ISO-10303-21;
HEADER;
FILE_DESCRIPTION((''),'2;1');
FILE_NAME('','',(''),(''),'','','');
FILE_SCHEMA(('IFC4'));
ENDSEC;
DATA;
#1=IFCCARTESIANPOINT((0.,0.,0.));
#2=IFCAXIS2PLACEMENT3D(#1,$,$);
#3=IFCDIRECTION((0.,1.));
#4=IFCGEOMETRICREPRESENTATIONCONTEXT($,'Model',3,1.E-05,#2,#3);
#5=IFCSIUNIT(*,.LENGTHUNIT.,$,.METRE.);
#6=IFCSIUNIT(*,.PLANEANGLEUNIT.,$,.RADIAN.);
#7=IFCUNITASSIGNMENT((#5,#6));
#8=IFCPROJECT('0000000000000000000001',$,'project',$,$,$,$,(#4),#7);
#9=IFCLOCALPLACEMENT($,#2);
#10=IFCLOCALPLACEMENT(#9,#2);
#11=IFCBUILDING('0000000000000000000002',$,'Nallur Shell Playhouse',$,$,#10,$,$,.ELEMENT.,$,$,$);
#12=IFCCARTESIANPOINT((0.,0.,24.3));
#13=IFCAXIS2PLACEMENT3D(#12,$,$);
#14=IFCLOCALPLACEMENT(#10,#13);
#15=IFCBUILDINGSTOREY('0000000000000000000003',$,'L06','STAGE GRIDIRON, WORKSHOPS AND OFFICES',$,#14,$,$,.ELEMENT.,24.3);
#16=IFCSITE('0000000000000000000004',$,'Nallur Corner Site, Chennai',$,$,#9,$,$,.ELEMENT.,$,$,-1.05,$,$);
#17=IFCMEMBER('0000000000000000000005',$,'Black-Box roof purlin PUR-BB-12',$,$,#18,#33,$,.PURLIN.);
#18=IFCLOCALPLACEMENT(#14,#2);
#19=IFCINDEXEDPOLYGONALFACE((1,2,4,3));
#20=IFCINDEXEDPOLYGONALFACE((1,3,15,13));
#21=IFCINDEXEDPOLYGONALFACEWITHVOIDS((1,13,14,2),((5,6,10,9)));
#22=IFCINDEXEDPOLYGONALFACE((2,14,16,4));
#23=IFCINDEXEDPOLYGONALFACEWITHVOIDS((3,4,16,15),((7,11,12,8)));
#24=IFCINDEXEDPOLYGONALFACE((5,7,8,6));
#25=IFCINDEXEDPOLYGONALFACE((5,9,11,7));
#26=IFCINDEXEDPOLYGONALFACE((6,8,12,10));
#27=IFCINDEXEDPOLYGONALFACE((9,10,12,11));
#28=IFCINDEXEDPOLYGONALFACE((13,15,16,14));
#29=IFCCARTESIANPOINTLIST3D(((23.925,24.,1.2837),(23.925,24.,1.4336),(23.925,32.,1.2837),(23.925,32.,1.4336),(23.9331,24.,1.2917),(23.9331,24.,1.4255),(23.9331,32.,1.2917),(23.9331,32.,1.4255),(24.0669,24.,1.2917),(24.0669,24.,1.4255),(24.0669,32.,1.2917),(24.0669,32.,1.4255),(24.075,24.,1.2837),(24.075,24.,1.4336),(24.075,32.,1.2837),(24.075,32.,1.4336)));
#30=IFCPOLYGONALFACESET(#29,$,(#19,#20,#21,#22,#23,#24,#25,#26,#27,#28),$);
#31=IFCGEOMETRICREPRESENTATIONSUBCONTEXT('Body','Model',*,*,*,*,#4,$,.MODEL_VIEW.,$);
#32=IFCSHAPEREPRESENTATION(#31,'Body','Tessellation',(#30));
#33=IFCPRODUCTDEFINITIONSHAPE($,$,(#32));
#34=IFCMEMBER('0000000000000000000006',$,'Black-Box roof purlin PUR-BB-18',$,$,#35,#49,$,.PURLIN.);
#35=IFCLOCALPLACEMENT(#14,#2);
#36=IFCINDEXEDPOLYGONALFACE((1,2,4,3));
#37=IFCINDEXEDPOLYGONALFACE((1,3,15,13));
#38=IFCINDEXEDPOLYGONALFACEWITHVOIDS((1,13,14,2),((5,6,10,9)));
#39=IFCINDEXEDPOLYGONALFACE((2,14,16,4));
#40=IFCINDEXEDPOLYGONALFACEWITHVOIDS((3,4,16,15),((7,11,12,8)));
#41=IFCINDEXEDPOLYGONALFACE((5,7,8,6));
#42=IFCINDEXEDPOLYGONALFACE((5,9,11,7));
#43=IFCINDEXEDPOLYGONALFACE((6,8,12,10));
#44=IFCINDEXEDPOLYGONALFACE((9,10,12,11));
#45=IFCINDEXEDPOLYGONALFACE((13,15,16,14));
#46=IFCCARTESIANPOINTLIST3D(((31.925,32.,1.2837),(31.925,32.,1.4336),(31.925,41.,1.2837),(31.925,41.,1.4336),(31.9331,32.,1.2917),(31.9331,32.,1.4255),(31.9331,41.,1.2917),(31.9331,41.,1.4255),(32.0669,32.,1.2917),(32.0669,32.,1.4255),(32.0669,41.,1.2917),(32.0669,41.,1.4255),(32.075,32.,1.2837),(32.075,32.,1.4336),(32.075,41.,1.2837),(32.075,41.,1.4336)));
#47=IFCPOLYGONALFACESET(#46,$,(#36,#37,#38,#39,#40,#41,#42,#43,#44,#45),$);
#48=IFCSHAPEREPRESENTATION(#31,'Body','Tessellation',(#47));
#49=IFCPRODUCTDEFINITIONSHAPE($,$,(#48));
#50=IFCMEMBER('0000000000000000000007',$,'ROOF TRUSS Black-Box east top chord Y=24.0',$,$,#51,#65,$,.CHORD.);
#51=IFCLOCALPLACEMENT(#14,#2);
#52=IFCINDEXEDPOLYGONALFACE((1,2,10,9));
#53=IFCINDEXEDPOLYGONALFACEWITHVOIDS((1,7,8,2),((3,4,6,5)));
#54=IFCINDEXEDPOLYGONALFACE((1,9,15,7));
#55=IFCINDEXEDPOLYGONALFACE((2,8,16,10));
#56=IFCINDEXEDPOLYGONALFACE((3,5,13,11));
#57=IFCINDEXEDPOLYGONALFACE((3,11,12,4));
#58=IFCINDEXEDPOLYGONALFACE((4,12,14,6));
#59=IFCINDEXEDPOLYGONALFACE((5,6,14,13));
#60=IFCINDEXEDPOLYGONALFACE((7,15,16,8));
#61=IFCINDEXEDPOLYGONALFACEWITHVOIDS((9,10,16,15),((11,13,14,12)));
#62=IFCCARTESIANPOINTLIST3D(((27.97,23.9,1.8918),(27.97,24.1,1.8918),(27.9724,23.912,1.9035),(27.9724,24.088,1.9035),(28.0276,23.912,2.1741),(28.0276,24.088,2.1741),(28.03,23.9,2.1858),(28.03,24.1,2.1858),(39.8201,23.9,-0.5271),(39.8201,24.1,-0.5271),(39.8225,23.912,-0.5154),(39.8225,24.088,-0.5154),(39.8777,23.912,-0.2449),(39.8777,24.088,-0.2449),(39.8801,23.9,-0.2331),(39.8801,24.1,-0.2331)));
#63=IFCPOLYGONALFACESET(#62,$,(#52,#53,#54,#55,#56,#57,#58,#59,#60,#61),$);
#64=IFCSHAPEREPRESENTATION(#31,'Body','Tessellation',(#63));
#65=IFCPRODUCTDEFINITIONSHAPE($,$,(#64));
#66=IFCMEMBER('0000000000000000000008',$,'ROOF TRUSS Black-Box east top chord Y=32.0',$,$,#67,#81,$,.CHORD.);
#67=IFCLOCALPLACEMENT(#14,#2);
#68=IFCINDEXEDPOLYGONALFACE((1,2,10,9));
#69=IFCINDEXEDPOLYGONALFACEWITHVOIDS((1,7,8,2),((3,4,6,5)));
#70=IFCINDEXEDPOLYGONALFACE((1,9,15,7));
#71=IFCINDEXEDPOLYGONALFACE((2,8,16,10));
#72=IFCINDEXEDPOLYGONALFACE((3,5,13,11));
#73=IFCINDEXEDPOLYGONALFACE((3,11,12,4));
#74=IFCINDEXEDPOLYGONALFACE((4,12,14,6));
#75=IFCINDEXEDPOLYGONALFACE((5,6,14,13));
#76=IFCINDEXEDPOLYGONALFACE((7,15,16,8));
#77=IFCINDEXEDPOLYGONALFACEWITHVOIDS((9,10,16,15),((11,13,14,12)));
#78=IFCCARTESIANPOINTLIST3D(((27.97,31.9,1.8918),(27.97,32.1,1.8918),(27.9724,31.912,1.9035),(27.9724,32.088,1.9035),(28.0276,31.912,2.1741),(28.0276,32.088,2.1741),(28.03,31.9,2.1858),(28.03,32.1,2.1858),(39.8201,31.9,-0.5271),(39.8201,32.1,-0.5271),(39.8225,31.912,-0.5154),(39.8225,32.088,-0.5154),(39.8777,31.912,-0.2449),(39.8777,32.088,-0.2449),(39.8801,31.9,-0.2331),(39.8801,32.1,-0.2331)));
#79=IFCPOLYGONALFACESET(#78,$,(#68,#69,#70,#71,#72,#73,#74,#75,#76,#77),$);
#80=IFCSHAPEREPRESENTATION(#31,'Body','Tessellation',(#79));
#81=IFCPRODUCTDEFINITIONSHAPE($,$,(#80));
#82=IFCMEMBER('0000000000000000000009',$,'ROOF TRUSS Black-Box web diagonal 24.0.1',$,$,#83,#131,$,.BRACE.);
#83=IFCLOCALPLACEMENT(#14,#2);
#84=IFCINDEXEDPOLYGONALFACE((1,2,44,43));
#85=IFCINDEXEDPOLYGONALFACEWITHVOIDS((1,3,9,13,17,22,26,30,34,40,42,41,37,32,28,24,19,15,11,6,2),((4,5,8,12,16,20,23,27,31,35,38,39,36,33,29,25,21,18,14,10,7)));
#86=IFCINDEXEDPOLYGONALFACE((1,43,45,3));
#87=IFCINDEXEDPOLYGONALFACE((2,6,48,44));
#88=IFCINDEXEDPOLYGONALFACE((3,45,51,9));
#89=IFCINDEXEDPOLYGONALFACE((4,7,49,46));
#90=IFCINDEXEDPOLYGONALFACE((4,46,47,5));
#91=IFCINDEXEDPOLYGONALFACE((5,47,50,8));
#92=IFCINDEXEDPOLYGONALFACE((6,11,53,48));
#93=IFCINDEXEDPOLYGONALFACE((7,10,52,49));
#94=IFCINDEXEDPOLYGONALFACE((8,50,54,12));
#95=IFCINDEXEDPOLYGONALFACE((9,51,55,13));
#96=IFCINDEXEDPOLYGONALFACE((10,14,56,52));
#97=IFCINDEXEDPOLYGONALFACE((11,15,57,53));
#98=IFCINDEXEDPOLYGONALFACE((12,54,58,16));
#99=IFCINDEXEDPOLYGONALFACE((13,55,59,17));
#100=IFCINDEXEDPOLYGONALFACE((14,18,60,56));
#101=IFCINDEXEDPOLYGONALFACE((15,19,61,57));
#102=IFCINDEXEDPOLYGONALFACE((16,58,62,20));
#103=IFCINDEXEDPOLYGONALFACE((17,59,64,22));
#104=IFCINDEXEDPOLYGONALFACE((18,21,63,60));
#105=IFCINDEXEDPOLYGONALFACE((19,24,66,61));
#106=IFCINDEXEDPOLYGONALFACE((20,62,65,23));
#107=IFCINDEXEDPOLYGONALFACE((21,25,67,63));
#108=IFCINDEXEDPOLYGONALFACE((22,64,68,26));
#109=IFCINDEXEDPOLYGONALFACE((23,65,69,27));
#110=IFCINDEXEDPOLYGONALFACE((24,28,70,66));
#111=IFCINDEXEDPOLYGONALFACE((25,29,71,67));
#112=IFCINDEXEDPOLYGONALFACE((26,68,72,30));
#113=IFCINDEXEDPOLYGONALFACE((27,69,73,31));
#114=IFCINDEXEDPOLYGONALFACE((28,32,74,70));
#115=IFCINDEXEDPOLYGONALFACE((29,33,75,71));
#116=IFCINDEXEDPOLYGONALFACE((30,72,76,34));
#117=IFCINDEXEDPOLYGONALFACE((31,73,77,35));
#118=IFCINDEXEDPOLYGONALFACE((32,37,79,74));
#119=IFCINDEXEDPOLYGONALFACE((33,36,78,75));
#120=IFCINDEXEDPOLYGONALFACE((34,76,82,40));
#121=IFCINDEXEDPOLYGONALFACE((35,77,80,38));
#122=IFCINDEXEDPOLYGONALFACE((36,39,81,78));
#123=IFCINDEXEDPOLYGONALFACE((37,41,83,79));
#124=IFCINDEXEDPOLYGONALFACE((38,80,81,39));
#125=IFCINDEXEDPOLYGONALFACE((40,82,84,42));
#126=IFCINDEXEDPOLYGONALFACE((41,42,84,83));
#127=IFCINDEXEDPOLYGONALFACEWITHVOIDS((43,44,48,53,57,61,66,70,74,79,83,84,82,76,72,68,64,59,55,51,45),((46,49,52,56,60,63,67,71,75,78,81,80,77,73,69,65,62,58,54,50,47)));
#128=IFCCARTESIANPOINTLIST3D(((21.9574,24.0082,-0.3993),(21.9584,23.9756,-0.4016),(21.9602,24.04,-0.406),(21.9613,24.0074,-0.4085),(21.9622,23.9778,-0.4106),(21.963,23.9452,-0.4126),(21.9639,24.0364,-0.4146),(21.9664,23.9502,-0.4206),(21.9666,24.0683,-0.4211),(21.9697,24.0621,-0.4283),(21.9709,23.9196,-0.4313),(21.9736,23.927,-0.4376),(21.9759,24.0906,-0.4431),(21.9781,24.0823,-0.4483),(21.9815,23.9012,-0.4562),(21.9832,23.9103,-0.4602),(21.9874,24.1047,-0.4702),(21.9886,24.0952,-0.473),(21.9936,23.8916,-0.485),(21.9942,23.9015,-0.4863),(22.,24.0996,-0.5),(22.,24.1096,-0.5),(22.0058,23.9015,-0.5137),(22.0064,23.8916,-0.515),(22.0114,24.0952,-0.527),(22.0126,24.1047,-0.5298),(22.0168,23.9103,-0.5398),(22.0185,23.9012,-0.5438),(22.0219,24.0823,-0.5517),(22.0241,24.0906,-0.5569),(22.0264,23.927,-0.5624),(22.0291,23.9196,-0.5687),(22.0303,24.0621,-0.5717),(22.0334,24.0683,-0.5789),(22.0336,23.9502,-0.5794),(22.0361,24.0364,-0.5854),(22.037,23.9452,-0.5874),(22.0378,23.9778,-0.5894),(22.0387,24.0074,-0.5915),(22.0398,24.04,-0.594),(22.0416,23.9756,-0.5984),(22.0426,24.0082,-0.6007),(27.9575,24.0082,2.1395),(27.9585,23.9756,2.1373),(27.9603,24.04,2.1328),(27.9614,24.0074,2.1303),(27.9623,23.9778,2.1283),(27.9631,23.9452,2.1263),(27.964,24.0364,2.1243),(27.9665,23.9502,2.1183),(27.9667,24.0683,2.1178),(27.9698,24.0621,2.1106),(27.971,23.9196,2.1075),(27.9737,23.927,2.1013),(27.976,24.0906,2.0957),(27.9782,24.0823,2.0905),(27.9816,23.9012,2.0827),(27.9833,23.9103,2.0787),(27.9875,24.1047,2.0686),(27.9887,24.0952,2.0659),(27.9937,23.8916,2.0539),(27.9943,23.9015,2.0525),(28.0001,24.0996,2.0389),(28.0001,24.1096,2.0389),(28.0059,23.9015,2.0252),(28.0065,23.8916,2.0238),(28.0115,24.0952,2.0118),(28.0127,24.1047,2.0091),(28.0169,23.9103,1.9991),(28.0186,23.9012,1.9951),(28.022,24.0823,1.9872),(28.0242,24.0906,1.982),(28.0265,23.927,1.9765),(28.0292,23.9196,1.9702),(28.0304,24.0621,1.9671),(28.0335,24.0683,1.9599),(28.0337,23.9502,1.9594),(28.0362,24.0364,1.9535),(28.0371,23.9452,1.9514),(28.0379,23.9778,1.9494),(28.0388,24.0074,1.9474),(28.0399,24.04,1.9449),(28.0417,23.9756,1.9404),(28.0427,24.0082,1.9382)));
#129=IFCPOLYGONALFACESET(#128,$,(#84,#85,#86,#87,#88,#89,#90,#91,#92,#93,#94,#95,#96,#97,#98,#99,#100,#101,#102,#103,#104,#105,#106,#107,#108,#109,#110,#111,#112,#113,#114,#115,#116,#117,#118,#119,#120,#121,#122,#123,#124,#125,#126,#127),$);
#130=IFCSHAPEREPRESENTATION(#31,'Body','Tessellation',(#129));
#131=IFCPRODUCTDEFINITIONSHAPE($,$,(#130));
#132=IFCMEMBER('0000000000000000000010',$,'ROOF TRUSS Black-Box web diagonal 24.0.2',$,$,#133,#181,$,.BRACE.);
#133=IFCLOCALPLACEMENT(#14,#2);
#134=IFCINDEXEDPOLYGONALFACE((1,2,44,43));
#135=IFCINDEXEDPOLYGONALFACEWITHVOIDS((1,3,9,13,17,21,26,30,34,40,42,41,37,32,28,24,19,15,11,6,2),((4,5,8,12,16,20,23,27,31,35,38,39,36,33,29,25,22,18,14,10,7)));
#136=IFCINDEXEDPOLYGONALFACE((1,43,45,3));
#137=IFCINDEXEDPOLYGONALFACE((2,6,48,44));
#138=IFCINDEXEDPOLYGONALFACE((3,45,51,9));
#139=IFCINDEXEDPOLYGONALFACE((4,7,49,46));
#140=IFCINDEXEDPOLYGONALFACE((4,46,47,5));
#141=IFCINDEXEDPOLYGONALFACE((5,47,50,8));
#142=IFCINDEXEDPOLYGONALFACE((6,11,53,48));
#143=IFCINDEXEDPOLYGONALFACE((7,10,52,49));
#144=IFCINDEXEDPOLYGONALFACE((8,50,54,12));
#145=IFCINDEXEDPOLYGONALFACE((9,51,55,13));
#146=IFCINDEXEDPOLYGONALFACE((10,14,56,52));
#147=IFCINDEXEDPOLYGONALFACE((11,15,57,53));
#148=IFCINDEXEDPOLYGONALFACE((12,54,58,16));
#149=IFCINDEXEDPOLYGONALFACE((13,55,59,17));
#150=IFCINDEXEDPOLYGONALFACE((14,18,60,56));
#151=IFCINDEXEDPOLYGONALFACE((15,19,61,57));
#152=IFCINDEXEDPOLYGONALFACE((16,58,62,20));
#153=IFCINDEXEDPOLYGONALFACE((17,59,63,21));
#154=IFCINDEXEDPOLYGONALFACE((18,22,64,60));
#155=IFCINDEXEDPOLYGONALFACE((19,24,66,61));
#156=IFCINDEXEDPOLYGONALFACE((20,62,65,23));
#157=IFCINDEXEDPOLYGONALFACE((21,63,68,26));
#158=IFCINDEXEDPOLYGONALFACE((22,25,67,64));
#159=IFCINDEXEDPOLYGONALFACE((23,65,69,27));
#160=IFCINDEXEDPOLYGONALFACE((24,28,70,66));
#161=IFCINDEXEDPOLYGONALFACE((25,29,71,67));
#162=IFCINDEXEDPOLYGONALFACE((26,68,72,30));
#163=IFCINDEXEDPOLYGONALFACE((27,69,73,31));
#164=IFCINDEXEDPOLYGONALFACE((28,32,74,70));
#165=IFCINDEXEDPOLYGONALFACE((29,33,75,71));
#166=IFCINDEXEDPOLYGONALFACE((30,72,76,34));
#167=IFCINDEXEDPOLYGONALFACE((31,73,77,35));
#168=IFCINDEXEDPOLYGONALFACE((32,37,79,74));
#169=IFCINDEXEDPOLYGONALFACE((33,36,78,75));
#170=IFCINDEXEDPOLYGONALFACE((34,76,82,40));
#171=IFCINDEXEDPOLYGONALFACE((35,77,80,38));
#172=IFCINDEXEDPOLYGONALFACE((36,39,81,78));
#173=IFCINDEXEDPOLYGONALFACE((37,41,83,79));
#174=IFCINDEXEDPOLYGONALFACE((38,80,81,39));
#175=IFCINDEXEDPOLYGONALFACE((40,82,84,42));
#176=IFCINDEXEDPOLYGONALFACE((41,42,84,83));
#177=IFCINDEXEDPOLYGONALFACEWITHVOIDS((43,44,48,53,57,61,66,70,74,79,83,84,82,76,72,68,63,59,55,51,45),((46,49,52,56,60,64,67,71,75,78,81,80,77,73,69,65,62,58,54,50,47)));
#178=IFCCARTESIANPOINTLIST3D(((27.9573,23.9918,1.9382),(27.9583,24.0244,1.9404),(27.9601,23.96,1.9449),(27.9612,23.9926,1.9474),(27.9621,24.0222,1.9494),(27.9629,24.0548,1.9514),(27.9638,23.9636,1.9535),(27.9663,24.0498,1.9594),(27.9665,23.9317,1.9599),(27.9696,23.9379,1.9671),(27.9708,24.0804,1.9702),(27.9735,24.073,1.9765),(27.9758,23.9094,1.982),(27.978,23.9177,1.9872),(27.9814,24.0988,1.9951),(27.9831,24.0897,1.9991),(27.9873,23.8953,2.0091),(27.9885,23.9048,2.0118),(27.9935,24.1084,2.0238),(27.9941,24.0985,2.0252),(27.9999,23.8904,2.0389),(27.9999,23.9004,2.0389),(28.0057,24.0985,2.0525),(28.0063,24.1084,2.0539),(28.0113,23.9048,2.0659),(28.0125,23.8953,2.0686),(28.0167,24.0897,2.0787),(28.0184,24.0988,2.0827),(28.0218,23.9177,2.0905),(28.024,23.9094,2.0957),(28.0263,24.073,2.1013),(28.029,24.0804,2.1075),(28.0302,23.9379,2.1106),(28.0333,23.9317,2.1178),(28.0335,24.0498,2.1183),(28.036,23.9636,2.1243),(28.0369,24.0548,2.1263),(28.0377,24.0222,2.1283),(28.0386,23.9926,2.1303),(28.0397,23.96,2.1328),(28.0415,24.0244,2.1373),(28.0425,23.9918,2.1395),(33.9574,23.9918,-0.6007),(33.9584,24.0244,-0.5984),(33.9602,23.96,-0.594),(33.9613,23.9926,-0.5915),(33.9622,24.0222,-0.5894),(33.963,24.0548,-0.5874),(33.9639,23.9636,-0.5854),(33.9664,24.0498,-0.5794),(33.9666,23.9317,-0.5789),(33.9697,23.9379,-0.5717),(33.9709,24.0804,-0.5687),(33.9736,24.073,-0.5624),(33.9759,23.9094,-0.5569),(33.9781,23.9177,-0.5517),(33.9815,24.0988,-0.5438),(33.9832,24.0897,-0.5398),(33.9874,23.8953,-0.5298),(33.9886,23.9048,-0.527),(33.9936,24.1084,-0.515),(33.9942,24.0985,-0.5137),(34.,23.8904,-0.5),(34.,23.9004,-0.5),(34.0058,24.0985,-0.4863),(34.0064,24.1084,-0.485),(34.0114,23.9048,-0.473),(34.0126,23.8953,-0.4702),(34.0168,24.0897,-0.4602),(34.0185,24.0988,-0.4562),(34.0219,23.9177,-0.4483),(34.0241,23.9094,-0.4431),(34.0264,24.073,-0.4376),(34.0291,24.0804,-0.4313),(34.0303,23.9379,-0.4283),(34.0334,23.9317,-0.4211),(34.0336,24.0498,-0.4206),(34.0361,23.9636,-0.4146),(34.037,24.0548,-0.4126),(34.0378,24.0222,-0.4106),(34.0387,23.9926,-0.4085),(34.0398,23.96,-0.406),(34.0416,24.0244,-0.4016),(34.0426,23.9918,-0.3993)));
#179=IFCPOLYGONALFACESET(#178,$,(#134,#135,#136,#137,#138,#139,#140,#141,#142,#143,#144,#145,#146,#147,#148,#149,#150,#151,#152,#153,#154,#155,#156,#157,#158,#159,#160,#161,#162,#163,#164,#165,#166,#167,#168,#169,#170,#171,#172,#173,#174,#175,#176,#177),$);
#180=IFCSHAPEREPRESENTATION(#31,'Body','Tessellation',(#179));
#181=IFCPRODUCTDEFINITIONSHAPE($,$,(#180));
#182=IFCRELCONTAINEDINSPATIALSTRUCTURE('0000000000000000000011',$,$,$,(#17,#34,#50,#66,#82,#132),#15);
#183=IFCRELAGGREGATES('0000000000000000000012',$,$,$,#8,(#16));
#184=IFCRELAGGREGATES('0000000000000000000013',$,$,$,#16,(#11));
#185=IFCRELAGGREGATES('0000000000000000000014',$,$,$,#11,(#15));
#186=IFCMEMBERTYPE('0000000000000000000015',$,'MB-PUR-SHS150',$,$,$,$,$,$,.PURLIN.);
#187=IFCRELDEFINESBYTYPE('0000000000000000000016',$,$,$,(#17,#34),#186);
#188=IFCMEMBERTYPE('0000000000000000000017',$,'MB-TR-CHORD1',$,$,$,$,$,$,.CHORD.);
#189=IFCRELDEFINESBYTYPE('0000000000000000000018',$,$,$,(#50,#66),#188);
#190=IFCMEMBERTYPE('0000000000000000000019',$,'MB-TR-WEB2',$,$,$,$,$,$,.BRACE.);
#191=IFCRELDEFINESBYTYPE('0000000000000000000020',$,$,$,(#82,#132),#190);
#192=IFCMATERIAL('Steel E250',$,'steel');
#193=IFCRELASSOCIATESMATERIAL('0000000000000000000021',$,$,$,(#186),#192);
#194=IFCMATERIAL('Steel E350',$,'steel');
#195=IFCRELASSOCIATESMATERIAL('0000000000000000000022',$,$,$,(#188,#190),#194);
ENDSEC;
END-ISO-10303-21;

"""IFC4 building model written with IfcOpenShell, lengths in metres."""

from ifc_helpers import new_model, si_unit, direction, frame, origin, origin_2d, place, context, subcontext, project, spatial, hollow_rectangle, hollow_circle, extrude, material, material_profile, profile_set, type_object, element, save


model = new_model("IFC4")

# Units and contexts
model_context = context("Model", 3, precision=1e-05, world=origin(), true_north=direction((0.0, 1.0)))
body_context = subcontext(model_context, "Body", "Model", "MODEL_VIEW")
ifc_project = project(units=[si_unit("LENGTHUNIT", "METRE"), si_unit("PLANEANGLEUNIT", "RADIAN")], contexts=[model_context])

# Site, building, storey
site_placement = place(None, origin())
site = spatial("IfcSite", under=ifc_project, at=site_placement, Name="Nallur Corner Site, Chennai", CompositionType="ELEMENT", RefElevation=-1.05)
building_placement = place(site_placement, origin())
building = spatial("IfcBuilding", under=site, at=building_placement, Name="Nallur Shell Playhouse", CompositionType="ELEMENT")
storey_placement = place(building_placement, frame((0.0, 0.0, 24.3)))
storey = spatial("IfcBuildingStorey", under=building, at=storey_placement, Name="L06", Description="STAGE GRIDIRON, WORKSHOPS AND OFFICES", CompositionType="ELEMENT", Elevation=24.3)

# Shared definitions
ifc_material_1 = material(Name="Steel E350", Category="steel")

# Members
ifc_material_2 = material(Name="Steel E250", Category="steel")
ifc_material_profile_1 = material_profile(ifc_material_2, hollow_rectangle(XDim=0.1499, YDim=0.1499, WallThickness=0.0081, at=origin_2d()), Name="SHS 150x150x8")
ifc_profile_set_1 = profile_set([ifc_material_profile_1], Name="Steel E250")
member_type_1 = type_object("IfcMemberType", Name="MB-PUR-SHS150", PredefinedType="PURLIN", material=ifc_profile_set_1)
member_1_placement = place(storey_placement, frame((24.0, 24.0, 1.3586), z_axis=(0.0, 1.0, 0.0), x_axis=(-1.0, 0.0, 0.0)))
element("IfcMember", 1, at=member_1_placement, inside=storey, type_object=member_type_1, Name="Black-Box roof purlin PUR-BB-12", PredefinedType="PURLIN", context=body_context, shape_type="SweptSolid", body=[
    extrude(hollow_rectangle(XDim=0.1499, YDim=0.1499, WallThickness=0.0081, at=origin_2d()), origin(), (0.0, 0.0, 1.0), 8.0),
])
member_2_placement = place(storey_placement, frame((32.0, 32.0, 1.3586), z_axis=(0.0, 1.0, 0.0), x_axis=(-1.0, 0.0, 0.0)))
element("IfcMember", 2, at=member_2_placement, inside=storey, type_object=member_type_1, Name="Black-Box roof purlin PUR-BB-18", PredefinedType="PURLIN", context=body_context, shape_type="SweptSolid", body=[
    extrude(hollow_rectangle(XDim=0.1499, YDim=0.1499, WallThickness=0.0081, at=origin_2d()), origin(), (0.0, 0.0, 1.0), 9.0),
])
ifc_material_profile_2 = material_profile(ifc_material_1, hollow_rectangle(XDim=0.2, YDim=0.3, WallThickness=0.012, at=origin_2d()), Name="RHS 300x200x12")
ifc_profile_set_2 = profile_set([ifc_material_profile_2], Name="Steel E350")
member_type_2 = type_object("IfcMemberType", Name="MB-TR-CHORD1", PredefinedType="CHORD", material=ifc_profile_set_2)
for number, where, z_axis, x_axis, name in (
    (3, (28.0, 24.0, 2.0388), (0.979795, 0.0, -0.200004), (0.0, 1.0, 0.0), "ROOF TRUSS Black-Box east top chord Y=24.0"),
    (4, (28.0, 32.0, 2.0388), (0.979795, 0.0, -0.200004), (0.0, 1.0, 0.0), "ROOF TRUSS Black-Box east top chord Y=32.0"),
):
    element("IfcMember", number, at=place(storey_placement, frame(where, z_axis=z_axis, x_axis=x_axis)), inside=storey, type_object=member_type_2, Name=name, PredefinedType="CHORD", context=body_context, shape_type="SweptSolid", body=[
        extrude(hollow_rectangle(XDim=0.2, YDim=0.3, WallThickness=0.012, at=origin_2d()), origin(), (0.0, 0.0, 1.0), 12.0945),
    ])
ifc_material_profile_3 = material_profile(ifc_material_1, hollow_circle(Radius=0.1096, WallThickness=0.01, at=origin_2d()), Name="CHS 219.1x10")
ifc_profile_set_3 = profile_set([ifc_material_profile_3], Name="Steel E350")
member_type_3 = type_object("IfcMemberType", Name="MB-TR-WEB2", PredefinedType="BRACE", material=ifc_profile_set_3)
for number, where, z_axis, x_axis, name in (
    (5, (22.0, 24.0, -0.5), (0.920948, 0.0, 0.389686), (0.0, 1.0, 0.0), "ROOF TRUSS Black-Box web diagonal 24.0.1"),
    (6, (34.0, 24.0, -0.5), (-0.920948, 0.0, 0.389686), (0.0, -1.0, 0.0), "ROOF TRUSS Black-Box web diagonal 24.0.2"),
):
    element("IfcMember", number, at=place(storey_placement, frame(where, z_axis=z_axis, x_axis=x_axis)), inside=storey, type_object=member_type_3, Name=name, PredefinedType="BRACE", context=body_context, shape_type="SweptSolid", body=[
        extrude(hollow_circle(Radius=0.1096, WallThickness=0.01, at=origin_2d()), origin(), (0.0, 0.0, 1.0), 6.5151),
    ])

save(model, "model.ifc")
